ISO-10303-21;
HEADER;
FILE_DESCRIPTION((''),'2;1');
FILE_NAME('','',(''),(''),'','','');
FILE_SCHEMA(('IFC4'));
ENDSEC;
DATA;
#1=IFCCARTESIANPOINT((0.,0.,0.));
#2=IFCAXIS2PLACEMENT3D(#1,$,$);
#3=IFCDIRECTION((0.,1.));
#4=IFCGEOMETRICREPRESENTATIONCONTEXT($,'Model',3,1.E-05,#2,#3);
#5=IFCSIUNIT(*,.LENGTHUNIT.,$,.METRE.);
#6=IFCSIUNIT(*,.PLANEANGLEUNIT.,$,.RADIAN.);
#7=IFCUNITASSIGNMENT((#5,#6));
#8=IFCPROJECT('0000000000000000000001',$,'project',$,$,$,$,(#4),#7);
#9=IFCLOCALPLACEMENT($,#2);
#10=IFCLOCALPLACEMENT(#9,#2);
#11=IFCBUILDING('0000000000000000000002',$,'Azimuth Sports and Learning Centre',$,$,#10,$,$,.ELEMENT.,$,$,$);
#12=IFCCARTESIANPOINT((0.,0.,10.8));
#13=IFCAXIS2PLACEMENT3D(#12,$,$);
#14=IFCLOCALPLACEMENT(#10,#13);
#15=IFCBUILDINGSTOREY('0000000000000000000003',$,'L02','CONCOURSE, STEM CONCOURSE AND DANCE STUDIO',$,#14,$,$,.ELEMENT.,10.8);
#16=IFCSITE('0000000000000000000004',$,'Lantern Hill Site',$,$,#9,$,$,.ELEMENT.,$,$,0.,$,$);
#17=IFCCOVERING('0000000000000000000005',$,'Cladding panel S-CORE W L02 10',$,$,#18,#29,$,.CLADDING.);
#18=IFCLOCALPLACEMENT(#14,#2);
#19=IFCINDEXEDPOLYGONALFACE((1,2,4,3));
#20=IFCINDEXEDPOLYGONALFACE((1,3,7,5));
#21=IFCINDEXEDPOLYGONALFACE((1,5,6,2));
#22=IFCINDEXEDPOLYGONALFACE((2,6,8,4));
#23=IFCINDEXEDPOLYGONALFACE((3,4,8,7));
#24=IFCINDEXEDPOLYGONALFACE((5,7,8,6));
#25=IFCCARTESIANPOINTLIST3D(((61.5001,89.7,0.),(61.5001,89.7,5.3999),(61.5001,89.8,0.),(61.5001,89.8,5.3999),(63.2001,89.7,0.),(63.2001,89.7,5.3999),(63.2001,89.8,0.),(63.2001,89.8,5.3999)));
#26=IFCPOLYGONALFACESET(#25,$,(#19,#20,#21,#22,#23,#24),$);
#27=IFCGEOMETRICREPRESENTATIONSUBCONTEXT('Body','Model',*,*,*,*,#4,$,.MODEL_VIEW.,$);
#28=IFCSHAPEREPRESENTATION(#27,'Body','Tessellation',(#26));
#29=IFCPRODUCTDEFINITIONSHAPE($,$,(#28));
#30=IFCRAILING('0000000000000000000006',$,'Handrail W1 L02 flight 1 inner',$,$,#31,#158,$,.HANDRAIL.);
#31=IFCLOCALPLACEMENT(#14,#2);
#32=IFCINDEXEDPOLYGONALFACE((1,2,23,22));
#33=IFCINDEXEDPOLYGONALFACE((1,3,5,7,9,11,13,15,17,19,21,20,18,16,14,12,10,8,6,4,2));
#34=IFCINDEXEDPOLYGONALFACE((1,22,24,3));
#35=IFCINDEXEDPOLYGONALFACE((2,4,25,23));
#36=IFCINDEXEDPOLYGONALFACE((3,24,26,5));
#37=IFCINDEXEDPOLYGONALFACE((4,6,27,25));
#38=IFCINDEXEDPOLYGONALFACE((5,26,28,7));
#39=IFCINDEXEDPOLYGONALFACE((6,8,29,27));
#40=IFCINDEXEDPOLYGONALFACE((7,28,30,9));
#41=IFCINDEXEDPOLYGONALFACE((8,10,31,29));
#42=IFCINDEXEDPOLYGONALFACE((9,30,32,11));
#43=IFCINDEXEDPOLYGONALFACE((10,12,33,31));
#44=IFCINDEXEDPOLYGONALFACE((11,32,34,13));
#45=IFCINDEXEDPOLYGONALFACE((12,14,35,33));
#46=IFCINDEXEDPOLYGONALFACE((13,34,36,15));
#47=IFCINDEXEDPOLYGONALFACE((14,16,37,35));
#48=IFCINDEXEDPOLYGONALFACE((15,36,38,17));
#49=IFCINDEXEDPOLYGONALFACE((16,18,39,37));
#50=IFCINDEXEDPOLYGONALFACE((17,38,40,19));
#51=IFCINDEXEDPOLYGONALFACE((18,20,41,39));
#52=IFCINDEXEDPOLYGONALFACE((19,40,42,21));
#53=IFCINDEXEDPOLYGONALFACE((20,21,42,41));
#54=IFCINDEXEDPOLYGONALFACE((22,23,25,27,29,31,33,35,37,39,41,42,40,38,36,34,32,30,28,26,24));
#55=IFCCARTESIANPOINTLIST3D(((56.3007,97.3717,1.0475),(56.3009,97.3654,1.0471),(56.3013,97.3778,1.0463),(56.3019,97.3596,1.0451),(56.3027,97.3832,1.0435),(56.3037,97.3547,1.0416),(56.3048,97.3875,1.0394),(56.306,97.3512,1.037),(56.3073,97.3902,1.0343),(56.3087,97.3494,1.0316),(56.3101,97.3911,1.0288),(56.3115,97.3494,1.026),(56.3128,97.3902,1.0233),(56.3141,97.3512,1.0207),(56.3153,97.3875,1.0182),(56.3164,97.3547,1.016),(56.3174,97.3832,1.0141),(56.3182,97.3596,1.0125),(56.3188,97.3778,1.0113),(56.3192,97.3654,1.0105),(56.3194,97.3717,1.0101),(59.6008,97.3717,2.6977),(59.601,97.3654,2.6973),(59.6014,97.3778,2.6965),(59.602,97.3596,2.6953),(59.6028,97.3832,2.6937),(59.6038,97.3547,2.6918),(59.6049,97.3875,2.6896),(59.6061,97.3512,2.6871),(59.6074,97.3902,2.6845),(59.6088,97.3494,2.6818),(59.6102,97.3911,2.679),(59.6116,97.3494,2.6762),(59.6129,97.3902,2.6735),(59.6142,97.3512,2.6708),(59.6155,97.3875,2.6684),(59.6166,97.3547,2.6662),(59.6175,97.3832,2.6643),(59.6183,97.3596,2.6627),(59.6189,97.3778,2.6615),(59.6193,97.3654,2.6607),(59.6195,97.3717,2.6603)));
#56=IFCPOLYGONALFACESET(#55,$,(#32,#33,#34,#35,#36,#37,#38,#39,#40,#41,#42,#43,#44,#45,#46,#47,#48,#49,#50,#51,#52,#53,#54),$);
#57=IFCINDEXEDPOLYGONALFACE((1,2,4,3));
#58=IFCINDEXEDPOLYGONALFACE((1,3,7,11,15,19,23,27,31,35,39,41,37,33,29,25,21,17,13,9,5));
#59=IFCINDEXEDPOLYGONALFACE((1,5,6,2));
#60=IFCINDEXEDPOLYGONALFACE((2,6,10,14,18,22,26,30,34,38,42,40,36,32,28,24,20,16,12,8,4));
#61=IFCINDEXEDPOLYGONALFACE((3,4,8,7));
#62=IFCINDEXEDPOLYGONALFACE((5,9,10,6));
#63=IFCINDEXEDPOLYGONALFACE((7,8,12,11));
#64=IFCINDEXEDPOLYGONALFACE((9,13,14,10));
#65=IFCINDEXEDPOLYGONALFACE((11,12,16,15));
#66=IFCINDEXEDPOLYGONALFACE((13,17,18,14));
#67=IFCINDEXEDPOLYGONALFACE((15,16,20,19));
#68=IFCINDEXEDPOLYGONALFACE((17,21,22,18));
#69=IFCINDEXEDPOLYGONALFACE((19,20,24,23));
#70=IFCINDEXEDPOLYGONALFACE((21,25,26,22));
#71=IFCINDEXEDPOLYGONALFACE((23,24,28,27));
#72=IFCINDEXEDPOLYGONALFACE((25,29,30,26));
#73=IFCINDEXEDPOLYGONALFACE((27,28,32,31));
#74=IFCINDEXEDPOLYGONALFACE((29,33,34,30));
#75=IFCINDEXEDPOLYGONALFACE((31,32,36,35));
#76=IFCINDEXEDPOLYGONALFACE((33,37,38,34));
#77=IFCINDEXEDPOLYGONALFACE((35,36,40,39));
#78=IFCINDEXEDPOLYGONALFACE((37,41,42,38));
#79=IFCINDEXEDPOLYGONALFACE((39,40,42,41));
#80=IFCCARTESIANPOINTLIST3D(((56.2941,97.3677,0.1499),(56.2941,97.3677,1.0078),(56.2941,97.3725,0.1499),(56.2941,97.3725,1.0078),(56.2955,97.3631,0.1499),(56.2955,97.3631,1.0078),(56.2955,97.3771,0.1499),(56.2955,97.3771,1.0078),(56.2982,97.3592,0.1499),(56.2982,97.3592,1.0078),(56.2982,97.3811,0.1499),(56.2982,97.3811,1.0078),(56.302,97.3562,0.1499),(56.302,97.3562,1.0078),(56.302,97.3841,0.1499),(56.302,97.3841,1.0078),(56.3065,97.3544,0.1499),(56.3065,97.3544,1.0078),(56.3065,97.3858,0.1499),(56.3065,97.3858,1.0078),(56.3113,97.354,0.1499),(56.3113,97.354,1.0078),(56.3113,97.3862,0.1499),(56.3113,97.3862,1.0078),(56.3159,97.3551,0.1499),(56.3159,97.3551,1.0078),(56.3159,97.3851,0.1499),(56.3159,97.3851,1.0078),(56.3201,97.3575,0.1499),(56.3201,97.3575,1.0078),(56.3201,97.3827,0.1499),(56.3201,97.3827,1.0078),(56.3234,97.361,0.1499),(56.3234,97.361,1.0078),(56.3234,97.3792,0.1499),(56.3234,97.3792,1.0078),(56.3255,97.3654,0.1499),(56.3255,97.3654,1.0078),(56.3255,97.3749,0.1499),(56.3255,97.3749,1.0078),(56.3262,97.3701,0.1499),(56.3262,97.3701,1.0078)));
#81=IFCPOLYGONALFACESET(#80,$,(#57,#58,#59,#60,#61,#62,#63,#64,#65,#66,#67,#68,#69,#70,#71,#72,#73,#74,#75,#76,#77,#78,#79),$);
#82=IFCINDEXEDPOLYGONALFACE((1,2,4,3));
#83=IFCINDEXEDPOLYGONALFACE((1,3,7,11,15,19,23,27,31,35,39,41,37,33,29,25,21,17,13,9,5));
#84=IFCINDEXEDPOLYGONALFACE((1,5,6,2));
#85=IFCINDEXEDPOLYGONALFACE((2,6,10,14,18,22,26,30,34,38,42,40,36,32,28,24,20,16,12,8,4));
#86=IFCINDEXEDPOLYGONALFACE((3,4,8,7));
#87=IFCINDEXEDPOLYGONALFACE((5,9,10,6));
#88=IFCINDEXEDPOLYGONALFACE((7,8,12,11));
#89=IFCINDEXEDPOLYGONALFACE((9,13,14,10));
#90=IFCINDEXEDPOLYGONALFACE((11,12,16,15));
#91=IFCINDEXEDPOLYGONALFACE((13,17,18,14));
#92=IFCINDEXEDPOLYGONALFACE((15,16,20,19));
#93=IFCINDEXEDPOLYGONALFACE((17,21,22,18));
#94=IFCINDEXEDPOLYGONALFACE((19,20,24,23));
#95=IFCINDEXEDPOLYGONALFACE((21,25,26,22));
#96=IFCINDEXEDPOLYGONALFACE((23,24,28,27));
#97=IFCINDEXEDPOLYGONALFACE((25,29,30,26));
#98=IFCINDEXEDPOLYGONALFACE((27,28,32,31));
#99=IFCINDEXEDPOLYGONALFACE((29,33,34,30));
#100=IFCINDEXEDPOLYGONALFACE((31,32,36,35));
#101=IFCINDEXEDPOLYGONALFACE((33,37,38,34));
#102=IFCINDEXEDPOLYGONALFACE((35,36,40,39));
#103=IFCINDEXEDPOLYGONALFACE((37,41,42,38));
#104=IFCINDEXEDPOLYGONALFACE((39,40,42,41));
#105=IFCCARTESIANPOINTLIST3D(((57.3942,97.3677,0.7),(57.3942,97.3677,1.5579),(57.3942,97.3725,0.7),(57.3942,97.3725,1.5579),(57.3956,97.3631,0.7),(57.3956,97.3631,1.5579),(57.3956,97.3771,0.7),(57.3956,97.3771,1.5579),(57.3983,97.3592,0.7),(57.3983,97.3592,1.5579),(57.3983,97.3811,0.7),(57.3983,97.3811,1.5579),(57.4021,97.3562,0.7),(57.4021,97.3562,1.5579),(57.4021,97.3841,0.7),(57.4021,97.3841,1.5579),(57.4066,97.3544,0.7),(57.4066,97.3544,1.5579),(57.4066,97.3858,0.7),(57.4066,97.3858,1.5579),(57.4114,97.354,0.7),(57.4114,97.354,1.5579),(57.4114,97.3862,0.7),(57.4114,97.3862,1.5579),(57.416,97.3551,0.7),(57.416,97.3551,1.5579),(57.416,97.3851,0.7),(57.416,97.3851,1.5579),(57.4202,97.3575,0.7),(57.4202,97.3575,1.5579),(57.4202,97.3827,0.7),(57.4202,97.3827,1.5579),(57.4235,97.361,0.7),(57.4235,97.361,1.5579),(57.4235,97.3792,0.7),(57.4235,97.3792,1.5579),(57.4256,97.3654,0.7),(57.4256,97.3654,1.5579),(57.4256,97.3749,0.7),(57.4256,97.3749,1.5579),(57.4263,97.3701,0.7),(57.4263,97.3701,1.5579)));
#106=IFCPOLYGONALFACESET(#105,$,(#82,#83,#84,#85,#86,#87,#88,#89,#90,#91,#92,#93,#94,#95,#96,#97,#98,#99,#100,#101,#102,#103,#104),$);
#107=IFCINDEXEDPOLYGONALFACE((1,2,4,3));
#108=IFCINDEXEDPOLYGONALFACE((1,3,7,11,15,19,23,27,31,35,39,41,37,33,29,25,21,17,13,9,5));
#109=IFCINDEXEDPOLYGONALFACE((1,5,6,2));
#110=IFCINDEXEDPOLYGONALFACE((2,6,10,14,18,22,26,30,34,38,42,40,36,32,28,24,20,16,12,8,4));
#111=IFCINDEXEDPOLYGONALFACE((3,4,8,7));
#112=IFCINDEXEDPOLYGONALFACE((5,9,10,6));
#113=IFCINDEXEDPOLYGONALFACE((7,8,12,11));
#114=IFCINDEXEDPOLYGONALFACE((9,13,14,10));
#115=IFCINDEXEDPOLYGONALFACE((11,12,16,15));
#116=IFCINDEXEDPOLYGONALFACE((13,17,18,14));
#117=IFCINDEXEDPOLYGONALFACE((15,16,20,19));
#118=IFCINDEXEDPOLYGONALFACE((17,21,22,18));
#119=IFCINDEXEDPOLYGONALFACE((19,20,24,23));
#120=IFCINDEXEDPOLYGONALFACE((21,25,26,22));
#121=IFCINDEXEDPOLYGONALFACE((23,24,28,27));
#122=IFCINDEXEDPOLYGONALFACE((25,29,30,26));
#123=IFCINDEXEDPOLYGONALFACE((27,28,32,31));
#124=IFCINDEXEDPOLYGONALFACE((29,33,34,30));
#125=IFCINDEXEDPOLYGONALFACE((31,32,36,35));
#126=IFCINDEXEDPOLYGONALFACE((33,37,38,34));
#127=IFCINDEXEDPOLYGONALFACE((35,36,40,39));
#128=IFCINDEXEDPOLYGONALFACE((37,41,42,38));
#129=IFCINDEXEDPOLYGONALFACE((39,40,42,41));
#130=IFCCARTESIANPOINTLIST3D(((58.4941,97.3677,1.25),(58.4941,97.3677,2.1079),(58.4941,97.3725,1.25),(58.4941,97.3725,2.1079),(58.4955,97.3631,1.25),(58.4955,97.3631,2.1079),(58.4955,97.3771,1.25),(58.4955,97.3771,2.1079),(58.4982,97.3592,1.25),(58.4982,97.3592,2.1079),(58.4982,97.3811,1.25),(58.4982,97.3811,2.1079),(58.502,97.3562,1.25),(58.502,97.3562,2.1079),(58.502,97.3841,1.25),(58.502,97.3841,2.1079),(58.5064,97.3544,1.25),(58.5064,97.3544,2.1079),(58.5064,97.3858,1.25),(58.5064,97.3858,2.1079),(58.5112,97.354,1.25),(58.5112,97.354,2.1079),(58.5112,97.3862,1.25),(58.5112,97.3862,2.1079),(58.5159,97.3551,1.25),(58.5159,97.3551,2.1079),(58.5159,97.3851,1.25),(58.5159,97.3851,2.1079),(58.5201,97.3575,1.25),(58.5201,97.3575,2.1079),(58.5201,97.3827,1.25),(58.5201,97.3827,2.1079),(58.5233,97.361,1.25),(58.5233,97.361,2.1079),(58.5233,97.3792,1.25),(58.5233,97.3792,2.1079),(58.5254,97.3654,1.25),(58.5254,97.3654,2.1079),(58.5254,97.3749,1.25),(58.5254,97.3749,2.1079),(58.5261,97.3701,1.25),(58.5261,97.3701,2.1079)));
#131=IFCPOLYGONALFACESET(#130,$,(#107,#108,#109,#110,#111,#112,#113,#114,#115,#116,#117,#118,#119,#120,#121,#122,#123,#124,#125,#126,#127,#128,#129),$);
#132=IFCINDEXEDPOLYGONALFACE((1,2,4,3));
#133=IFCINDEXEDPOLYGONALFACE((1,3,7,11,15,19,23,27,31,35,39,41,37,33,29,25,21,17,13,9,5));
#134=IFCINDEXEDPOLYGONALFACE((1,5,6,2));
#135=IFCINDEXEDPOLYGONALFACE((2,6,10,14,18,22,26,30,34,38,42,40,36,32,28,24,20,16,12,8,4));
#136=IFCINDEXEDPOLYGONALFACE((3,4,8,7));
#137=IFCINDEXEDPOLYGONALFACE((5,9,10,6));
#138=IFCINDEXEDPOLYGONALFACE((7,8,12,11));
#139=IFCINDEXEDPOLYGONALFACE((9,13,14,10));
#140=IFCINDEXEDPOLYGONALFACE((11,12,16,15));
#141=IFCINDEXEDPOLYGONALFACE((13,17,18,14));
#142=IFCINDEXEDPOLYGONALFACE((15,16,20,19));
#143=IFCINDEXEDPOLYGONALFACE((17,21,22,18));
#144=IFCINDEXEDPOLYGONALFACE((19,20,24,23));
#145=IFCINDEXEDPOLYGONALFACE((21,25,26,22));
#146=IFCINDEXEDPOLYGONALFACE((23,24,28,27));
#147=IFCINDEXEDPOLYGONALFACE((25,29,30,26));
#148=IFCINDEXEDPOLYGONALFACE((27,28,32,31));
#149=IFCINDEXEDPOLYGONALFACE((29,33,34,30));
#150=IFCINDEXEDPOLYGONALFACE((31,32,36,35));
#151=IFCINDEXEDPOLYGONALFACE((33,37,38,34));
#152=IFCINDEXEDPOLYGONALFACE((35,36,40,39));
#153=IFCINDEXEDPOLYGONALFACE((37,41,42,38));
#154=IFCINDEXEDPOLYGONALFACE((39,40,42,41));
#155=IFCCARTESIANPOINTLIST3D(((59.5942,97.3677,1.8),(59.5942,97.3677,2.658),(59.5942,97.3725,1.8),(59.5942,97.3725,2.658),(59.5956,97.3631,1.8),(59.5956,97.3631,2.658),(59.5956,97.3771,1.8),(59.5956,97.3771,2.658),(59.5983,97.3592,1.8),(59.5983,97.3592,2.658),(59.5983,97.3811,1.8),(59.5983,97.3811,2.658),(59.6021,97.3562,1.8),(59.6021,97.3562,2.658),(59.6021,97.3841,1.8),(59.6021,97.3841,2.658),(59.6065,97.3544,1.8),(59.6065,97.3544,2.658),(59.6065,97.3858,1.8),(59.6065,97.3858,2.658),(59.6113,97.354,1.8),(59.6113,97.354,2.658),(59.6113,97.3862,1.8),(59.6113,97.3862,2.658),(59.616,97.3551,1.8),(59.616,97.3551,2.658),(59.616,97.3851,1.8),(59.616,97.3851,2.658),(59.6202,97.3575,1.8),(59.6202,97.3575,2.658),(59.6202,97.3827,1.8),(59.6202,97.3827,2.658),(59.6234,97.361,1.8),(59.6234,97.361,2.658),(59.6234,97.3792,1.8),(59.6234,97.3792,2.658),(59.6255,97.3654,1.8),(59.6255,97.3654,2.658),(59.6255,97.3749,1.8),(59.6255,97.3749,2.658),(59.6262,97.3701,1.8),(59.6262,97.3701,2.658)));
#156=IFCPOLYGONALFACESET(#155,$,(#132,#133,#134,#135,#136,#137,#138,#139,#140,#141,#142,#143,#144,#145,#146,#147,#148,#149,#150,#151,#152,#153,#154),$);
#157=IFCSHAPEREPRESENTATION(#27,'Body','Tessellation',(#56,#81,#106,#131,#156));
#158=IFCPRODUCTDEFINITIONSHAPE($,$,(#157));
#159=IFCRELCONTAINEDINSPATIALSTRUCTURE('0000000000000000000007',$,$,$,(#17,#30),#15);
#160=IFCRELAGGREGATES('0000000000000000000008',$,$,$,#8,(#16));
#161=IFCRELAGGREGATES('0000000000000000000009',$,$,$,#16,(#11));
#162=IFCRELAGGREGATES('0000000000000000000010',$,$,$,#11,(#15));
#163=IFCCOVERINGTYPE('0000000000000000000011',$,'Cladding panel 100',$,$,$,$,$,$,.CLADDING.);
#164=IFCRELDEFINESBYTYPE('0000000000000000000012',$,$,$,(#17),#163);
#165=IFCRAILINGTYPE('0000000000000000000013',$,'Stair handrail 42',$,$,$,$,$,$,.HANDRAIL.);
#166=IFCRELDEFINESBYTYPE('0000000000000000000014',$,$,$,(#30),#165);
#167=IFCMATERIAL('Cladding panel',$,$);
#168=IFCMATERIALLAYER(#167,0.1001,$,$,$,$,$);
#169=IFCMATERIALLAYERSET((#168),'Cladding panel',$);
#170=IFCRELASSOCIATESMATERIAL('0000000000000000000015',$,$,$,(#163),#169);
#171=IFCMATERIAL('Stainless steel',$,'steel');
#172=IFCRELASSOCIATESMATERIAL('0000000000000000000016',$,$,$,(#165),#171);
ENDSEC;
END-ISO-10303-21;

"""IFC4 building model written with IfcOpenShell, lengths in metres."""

from ifc_helpers import new_model, si_unit, direction, frame, origin, origin_2d, place, context, subcontext, project, spatial, rectangle, circle, extrude, material, layer, layer_set, type_object, element, save


model = new_model("IFC4")

# Units and contexts
model_context = context("Model", 3, precision=1e-05, world=origin(), true_north=direction((0.0, 1.0)))
body_context = subcontext(model_context, "Body", "Model", "MODEL_VIEW")
ifc_project = project(units=[si_unit("LENGTHUNIT", "METRE"), si_unit("PLANEANGLEUNIT", "RADIAN")], contexts=[model_context])

# Site, building, storey
site_placement = place(None, origin())
site = spatial("IfcSite", under=ifc_project, at=site_placement, Name="Lantern Hill Site", CompositionType="ELEMENT", RefElevation=0.0)
building_placement = place(site_placement, origin())
building = spatial("IfcBuilding", under=site, at=building_placement, Name="Azimuth Sports and Learning Centre", CompositionType="ELEMENT")
storey_placement = place(building_placement, frame((0.0, 0.0, 10.8)))
storey = spatial("IfcBuildingStorey", under=building, at=storey_placement, Name="L02", Description="CONCOURSE, STEM CONCOURSE AND DANCE STUDIO", CompositionType="ELEMENT", Elevation=10.8)

# Covering
ifc_material_1 = material(Name="Cladding panel")
ifc_layer_1 = layer(ifc_material_1, 0.1001)
ifc_layer_set_1 = layer_set([ifc_layer_1], Name="Cladding panel")
covering_type = type_object("IfcCoveringType", Name="Cladding panel 100", PredefinedType="CLADDING", material=ifc_layer_set_1)
covering_1_placement = place(storey_placement, frame((62.3501, 89.75, 0.0), z_axis=(0.0, 0.0, 1.0), x_axis=(1.0, 0.0, 0.0)))
element("IfcCovering", 1, at=covering_1_placement, inside=storey, type_object=covering_type, Name="Cladding panel S-CORE W L02 10", PredefinedType="CLADDING", context=body_context, shape_type="SweptSolid", body=[
    extrude(rectangle(XDim=1.7, YDim=0.1001, at=origin_2d()), origin(), (0.0, 0.0, 1.0), 5.3999),
])

# Railing
ifc_material_2 = material(Name="Stainless steel", Category="steel")
railing_type_1 = type_object("IfcRailingType", Name="Stair handrail 42", PredefinedType="HANDRAIL", material=ifc_material_2)
for number, where, name in (
    (2, (56.3101, 97.3701, 0.1499), "Handrail W1 L02 flight 1 inner"),
):
    element("IfcRailing", number, at=place(storey_placement, frame(where)), inside=storey, type_object=railing_type_1, Name=name, PredefinedType="HANDRAIL", context=body_context, shape_type="SweptSolid", body=[
        extrude(circle(Radius=0.021, at=origin_2d()), frame((0.0, 0.0, 0.8789), z_axis=(0.894414, 0.0, 0.44724), x_axis=(0.0, 1.0, 0.0)), (0.0, 0.0, 1.0), 3.6897),
        extrude(circle(Radius=0.0161, at=origin_2d()), origin(), (0.0, 0.0, 1.0), 0.8579),
        extrude(circle(Radius=0.0161, at=origin_2d()), frame((1.1001, 0.0, 0.55)), (0.0, 0.0, 1.0), 0.8579),
        extrude(circle(Radius=0.0161, at=origin_2d()), frame((2.2, 0.0, 1.1001)), (0.0, 0.0, 1.0), 0.8579),
        extrude(circle(Radius=0.0161, at=origin_2d()), frame((3.3, 0.0, 1.6501)), (0.0, 0.0, 1.0), 0.8579),
    ])

save(model, "model.ifc")
